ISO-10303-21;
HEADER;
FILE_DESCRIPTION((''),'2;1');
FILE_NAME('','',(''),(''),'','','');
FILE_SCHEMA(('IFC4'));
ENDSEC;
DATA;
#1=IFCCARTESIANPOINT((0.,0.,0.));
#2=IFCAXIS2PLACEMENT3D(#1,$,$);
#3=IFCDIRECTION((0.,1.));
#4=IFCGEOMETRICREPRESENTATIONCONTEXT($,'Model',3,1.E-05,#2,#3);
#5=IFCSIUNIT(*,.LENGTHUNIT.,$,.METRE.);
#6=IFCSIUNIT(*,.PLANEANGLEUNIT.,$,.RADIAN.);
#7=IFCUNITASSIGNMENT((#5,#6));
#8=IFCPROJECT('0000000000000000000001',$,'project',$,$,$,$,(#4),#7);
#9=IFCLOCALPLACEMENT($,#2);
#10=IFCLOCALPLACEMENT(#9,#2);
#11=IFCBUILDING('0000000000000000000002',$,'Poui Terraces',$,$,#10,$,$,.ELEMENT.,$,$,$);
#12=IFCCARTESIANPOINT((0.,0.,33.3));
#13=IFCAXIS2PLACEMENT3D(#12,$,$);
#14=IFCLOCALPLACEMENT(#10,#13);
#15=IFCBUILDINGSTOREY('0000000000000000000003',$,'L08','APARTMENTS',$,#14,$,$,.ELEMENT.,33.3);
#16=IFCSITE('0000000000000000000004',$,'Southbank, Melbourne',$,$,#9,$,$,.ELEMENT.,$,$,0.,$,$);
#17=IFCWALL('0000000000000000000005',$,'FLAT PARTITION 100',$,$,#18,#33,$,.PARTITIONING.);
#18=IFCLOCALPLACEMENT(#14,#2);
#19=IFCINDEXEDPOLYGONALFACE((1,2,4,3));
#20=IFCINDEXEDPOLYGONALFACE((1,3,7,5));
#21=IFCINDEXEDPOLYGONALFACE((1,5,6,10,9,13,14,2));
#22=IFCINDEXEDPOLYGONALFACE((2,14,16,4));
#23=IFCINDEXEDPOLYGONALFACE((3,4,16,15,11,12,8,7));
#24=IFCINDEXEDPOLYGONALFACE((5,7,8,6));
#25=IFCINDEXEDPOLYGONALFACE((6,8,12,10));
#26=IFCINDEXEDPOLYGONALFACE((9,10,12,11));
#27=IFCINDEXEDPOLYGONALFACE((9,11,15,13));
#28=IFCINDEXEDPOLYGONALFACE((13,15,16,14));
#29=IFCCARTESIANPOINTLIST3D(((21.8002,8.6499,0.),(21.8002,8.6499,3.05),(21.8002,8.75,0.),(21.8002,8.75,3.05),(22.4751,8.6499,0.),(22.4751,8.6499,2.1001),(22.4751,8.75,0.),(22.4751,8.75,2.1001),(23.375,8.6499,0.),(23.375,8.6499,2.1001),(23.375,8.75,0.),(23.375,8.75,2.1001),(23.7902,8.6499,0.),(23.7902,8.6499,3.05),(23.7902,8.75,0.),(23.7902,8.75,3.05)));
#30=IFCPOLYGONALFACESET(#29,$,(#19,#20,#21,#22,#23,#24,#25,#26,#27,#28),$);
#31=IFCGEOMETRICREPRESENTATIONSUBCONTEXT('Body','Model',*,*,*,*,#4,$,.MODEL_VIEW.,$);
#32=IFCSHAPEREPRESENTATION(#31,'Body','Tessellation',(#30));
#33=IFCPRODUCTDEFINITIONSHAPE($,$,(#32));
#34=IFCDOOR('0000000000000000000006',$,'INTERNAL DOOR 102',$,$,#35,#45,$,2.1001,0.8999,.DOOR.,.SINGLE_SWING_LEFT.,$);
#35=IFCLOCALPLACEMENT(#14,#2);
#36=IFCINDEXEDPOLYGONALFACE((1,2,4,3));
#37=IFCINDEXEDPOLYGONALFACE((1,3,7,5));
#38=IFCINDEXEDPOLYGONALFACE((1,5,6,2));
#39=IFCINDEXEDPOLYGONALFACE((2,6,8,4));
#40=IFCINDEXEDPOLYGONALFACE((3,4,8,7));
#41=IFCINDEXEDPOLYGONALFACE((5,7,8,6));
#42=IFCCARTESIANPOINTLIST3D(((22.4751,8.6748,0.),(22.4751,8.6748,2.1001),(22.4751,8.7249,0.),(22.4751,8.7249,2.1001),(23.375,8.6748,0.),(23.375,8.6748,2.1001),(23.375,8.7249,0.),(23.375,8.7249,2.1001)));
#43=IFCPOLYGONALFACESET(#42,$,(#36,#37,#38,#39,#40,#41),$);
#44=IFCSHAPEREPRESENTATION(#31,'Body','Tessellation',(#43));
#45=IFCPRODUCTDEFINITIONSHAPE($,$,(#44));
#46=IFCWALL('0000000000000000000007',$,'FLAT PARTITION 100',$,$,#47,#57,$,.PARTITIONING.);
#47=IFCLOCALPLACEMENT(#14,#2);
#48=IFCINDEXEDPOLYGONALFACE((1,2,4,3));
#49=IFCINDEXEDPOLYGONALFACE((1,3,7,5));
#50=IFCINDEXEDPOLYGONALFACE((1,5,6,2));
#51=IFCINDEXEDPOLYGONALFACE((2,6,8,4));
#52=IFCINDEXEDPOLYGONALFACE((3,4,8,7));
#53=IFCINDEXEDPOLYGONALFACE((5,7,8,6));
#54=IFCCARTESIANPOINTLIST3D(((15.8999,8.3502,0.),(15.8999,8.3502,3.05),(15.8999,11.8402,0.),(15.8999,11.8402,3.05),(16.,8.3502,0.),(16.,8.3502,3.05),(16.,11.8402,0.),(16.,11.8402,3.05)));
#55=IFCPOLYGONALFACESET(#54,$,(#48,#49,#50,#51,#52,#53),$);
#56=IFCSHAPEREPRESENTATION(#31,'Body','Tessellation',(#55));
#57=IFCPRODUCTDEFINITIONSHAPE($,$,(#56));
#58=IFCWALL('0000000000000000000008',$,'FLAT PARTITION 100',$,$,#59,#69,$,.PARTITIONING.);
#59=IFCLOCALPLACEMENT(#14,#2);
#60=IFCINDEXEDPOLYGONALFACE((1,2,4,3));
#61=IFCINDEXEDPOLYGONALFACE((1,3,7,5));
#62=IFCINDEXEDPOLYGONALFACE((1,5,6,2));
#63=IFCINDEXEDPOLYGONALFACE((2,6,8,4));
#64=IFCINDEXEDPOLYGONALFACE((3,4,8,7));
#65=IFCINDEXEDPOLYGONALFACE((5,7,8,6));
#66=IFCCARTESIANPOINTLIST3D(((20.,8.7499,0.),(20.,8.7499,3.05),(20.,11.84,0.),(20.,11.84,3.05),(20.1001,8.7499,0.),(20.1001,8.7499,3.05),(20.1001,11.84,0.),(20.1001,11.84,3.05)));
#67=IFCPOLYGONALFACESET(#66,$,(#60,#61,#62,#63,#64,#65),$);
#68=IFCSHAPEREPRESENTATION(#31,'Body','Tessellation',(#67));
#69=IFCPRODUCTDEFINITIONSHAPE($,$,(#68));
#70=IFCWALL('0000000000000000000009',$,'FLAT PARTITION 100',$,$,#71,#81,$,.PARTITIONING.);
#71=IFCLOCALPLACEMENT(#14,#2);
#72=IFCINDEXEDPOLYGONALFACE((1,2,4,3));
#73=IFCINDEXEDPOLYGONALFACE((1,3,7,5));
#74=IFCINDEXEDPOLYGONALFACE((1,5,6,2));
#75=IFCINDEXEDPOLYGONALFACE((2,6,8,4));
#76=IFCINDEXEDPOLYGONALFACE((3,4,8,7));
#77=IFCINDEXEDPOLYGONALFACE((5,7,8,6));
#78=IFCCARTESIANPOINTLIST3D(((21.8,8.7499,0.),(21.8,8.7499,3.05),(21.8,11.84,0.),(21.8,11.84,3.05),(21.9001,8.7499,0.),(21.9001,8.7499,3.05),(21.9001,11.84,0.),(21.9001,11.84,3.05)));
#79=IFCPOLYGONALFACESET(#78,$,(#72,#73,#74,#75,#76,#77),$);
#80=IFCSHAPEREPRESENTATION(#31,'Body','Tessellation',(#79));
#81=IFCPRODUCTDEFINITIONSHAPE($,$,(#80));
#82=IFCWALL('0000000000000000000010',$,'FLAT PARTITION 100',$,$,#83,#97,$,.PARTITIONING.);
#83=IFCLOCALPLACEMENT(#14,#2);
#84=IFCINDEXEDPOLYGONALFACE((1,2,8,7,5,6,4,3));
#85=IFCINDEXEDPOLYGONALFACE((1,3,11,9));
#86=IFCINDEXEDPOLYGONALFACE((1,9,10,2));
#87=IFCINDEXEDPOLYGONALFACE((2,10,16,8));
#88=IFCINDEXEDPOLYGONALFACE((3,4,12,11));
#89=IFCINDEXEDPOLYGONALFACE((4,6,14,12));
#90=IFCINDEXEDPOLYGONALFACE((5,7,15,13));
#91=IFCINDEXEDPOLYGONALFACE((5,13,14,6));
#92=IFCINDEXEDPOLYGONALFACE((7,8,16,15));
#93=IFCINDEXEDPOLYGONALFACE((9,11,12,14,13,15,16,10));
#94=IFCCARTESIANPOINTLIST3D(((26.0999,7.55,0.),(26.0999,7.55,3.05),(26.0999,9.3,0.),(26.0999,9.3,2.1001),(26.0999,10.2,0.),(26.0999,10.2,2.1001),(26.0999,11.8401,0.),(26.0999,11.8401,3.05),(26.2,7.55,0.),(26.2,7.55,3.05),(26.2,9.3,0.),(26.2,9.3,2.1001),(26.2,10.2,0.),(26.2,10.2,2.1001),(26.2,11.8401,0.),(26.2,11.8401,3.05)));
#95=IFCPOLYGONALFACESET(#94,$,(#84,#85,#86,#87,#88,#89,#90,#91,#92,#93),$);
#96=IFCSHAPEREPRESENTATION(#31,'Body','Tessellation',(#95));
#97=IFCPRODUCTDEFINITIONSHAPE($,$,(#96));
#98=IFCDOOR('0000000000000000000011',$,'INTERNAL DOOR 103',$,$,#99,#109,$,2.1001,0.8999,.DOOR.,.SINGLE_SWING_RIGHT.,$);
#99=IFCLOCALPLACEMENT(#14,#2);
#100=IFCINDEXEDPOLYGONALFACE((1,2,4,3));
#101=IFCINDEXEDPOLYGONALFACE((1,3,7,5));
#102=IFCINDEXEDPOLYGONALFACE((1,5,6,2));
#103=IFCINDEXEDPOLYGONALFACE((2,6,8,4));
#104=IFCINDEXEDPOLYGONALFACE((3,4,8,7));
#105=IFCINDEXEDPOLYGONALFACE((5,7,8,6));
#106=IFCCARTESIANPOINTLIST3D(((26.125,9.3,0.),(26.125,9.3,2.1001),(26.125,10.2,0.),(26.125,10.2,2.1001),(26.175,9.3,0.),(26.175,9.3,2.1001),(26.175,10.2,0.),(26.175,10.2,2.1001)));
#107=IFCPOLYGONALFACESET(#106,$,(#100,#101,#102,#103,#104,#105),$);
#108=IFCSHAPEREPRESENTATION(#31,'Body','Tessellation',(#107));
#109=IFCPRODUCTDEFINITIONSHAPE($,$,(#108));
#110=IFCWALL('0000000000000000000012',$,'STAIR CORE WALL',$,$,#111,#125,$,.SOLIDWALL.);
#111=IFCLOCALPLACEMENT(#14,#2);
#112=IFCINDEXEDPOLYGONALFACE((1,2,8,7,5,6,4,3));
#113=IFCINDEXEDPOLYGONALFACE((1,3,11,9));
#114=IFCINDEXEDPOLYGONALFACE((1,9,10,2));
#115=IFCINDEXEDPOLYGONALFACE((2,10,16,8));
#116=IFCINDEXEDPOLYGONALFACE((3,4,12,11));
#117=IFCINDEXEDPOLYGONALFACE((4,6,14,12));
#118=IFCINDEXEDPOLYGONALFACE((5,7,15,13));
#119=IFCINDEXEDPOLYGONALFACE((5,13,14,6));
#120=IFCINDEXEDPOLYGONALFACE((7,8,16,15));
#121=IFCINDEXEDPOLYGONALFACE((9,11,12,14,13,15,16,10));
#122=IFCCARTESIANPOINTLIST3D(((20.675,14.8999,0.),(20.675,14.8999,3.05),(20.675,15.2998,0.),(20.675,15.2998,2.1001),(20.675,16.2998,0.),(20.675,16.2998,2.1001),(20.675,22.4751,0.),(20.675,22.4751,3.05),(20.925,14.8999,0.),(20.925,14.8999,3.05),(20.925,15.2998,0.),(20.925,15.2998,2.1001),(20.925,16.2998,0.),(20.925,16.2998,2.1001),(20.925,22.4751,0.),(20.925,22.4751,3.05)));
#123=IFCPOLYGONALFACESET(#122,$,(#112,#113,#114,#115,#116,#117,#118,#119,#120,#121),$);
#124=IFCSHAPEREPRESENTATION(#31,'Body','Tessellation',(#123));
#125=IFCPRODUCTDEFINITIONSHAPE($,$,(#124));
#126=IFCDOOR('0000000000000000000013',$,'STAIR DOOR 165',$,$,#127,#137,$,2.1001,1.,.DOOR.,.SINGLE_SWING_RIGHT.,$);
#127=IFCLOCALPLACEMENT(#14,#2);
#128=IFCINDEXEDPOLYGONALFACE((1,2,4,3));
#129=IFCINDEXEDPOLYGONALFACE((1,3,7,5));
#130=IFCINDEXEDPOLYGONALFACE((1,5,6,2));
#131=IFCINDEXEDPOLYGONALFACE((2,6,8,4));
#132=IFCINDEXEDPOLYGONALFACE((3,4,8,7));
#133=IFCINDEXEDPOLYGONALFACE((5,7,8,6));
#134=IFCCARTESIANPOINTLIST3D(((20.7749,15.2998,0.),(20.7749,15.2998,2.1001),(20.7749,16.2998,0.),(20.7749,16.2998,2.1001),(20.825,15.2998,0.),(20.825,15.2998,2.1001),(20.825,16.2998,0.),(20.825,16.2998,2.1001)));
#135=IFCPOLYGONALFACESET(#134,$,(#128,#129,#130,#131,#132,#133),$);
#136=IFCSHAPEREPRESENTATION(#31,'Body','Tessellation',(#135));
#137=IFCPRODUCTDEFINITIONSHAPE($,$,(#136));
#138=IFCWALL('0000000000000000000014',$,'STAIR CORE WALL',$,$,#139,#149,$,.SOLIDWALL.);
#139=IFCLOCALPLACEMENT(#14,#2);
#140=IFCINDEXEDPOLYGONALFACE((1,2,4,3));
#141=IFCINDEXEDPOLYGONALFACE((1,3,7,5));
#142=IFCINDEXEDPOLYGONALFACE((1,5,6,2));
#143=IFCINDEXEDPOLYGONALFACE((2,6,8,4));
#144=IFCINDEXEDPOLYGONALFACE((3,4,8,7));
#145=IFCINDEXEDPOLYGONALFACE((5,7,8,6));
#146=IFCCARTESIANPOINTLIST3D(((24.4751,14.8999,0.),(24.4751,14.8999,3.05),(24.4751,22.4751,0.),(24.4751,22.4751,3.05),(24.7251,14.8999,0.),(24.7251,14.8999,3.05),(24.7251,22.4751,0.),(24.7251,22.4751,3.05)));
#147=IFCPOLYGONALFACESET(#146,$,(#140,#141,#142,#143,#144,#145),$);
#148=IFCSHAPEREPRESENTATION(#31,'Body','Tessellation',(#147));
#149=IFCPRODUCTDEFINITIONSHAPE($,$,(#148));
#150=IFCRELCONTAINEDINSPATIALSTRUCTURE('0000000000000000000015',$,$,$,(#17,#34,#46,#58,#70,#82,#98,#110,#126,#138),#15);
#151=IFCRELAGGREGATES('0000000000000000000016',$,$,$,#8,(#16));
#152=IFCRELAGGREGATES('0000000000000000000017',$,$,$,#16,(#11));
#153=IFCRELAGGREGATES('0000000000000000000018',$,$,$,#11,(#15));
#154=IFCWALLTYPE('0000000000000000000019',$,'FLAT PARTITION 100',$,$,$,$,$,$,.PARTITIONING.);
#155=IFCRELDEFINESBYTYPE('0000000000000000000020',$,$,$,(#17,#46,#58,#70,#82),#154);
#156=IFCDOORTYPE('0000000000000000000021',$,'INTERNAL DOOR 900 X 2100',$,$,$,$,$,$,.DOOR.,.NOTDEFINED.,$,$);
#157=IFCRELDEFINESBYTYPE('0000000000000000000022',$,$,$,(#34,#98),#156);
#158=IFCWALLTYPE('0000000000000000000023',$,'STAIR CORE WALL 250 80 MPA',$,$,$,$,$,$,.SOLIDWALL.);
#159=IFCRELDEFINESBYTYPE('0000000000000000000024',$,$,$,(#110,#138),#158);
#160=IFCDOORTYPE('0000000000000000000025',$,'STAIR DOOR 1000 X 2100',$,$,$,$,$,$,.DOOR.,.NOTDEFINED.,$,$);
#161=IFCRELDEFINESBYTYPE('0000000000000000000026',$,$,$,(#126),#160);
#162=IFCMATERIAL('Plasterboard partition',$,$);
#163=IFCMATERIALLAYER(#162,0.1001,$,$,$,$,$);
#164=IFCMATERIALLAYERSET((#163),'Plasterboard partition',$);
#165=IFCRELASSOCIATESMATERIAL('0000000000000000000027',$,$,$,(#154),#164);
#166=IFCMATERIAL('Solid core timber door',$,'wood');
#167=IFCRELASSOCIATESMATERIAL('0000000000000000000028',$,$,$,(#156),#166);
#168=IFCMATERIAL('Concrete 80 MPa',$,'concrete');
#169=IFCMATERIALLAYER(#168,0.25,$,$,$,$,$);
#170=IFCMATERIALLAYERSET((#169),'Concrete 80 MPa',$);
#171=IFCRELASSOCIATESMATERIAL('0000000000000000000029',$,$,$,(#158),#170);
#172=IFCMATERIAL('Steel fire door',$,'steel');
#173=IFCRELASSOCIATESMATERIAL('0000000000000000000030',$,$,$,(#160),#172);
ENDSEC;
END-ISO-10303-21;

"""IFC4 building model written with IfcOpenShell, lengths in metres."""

from ifc_helpers import new_model, si_unit, direction, frame, frame_2d, origin, place, context, subcontext, project, spatial, rectangle, extrude, material, layer, layer_set, type_object, element, fill, save


model = new_model("IFC4")

# Units and contexts
model_context = context("Model", 3, precision=1e-05, world=origin(), true_north=direction((0.0, 1.0)))
body_context = subcontext(model_context, "Body", "Model", "MODEL_VIEW")
ifc_project = project(units=[si_unit("LENGTHUNIT", "METRE"), si_unit("PLANEANGLEUNIT", "RADIAN")], contexts=[model_context])

# Site, building, storey
site_placement = place(None, origin())
site = spatial("IfcSite", under=ifc_project, at=site_placement, Name="Southbank, Melbourne", CompositionType="ELEMENT", RefElevation=0.0)
building_placement = place(site_placement, origin())
building = spatial("IfcBuilding", under=site, at=building_placement, Name="Poui Terraces", CompositionType="ELEMENT")
storey_placement = place(building_placement, frame((0.0, 0.0, 33.3)))
storey = spatial("IfcBuildingStorey", under=building, at=storey_placement, Name="L08", Description="APARTMENTS", CompositionType="ELEMENT", Elevation=33.3)

# Shared definitions
ifc_material_1 = material(Name="Concrete 80 MPa", Category="concrete")

# Shared definitions
ifc_material_2 = material(Name="Steel fire door", Category="steel")

# Shared definitions
ifc_material_3 = material(Name="Plasterboard partition")
ifc_layer_1 = layer(ifc_material_3, 0.1001)
ifc_layer_set_1 = layer_set([ifc_layer_1], Name="Plasterboard partition")
wall_type_1 = type_object("IfcWallType", Name="FLAT PARTITION 100", PredefinedType="PARTITIONING", material=ifc_layer_set_1)

# Wall, opening, door
ifc_material_4 = material(Name="Solid core timber door", Category="wood")
wall_1_placement = place(storey_placement, frame((21.8, 8.7, 0.0), z_axis=(0.0, 0.0, 1.0), x_axis=(1.0, 0.0, 0.0)))
wall_1 = element("IfcWall", 1, at=wall_1_placement, inside=storey, type_object=wall_type_1, Name="FLAT PARTITION 100", PredefinedType="PARTITIONING", context=body_context, shape_type="SweptSolid", body=[
    extrude(rectangle(XDim=1.99, YDim=0.1001, at=frame_2d((0.9951, 0.0))), origin(), (0.0, 0.0, 1.0), 3.05),
])
opening_1_placement = place(wall_1_placement, frame((0.675, 0.0, 0.0)))
opening_1 = element("IfcOpeningElement", 2, at=opening_1_placement, cuts=wall_1, PredefinedType="OPENING", context=body_context, shape_type="SweptSolid", body=[
    extrude(rectangle(XDim=0.8999, YDim=2.1001, at=frame_2d((0.45, 1.05))), frame((0.0, 0.0601, 0.0), z_axis=(0.0, -1.0, 0.0), x_axis=(1.0, 0.0, 0.0)), (0.0, 0.0, 1.0), 0.1201),
])
door_type_1 = type_object("IfcDoorType", Name="INTERNAL DOOR 900 X 2100", OperationType="NOTDEFINED", PredefinedType="DOOR", material=ifc_material_4)
door_1_placement = place(opening_1_placement, origin())
door_1 = element("IfcDoor", 3, at=door_1_placement, inside=storey, type_object=door_type_1, Name="INTERNAL DOOR 102", OperationType="SINGLE_SWING_LEFT", OverallHeight=2.1001, OverallWidth=0.8999, PredefinedType="DOOR", context=body_context, shape_type="SweptSolid", body=[
    extrude(rectangle(XDim=0.8999, YDim=2.1001, at=frame_2d((0.45, 1.05))), frame((0.0, 0.0249, 0.0), z_axis=(0.0, -1.0, 0.0), x_axis=(1.0, 0.0, 0.0)), (0.0, 0.0, 1.0), 0.05),
])
fill(opening_1, door_1)

# Walls
wall_2_placement = place(storey_placement, frame((15.95, 8.3501, 0.0), z_axis=(0.0, 0.0, 1.0), x_axis=(0.0, 1.0, 0.0)))
element("IfcWall", 4, at=wall_2_placement, inside=storey, type_object=wall_type_1, Name="FLAT PARTITION 100", PredefinedType="PARTITIONING", context=body_context, shape_type="SweptSolid", body=[
    extrude(rectangle(XDim=3.49, YDim=0.1001, at=frame_2d((1.7451, 0.0))), origin(), (0.0, 0.0, 1.0), 3.05),
])
for number, where, z_axis, x_axis, name in (
    (5, (20.05, 8.75, 0.0), (0.0, 0.0, 1.0), (0.0, 1.0, 0.0), "FLAT PARTITION 100"),
    (6, (21.8501, 8.75, 0.0), (0.0, 0.0, 1.0), (0.0, 1.0, 0.0), "FLAT PARTITION 100"),
):
    element("IfcWall", number, at=place(storey_placement, frame(where, z_axis=z_axis, x_axis=x_axis)), inside=storey, type_object=wall_type_1, Name=name, PredefinedType="PARTITIONING", context=body_context, shape_type="SweptSolid", body=[
        extrude(rectangle(XDim=3.0901, YDim=0.1001, at=frame_2d((1.5449, 0.0))), origin(), (0.0, 0.0, 1.0), 3.05),
    ])

# Walls, openings, doors
wall_3_placement = place(storey_placement, frame((26.1499, 7.55, 0.0), z_axis=(0.0, 0.0, 1.0), x_axis=(0.0, 1.0, 0.0)))
wall_3 = element("IfcWall", 7, at=wall_3_placement, inside=storey, type_object=wall_type_1, Name="FLAT PARTITION 100", PredefinedType="PARTITIONING", context=body_context, shape_type="SweptSolid", body=[
    extrude(rectangle(XDim=4.29, YDim=0.1001, at=frame_2d((2.145, 0.0))), origin(), (0.0, 0.0, 1.0), 3.05),
])
opening_2_placement = place(wall_3_placement, frame((1.75, 0.0, 0.0)))
opening_2 = element("IfcOpeningElement", 8, at=opening_2_placement, cuts=wall_3, PredefinedType="OPENING", context=body_context, shape_type="SweptSolid", body=[
    extrude(rectangle(XDim=0.8999, YDim=2.1001, at=frame_2d((0.45, 1.05))), frame((0.0, 0.0601, 0.0), z_axis=(0.0, -1.0, 0.0), x_axis=(1.0, 0.0, 0.0)), (0.0, 0.0, 1.0), 0.1201),
])
door_2_placement = place(opening_2_placement, origin())
door_2 = element("IfcDoor", 9, at=door_2_placement, inside=storey, type_object=door_type_1, Name="INTERNAL DOOR 103", OperationType="SINGLE_SWING_RIGHT", OverallHeight=2.1001, OverallWidth=0.8999, PredefinedType="DOOR", context=body_context, shape_type="SweptSolid", body=[
    extrude(rectangle(XDim=0.8999, YDim=2.1001, at=frame_2d((0.45, 1.05))), frame((0.0, 0.0249, 0.0), z_axis=(0.0, -1.0, 0.0), x_axis=(1.0, 0.0, 0.0)), (0.0, 0.0, 1.0), 0.05),
])
fill(opening_2, door_2)
ifc_layer_2 = layer(ifc_material_1, 0.25)
ifc_layer_set_2 = layer_set([ifc_layer_2], Name="Concrete 80 MPa")
wall_type_2 = type_object("IfcWallType", Name="STAIR CORE WALL 250 80 MPA", PredefinedType="SOLIDWALL", material=ifc_layer_set_2)
wall_4_placement = place(storey_placement, frame((20.8, 14.8999, 0.0), z_axis=(0.0, 0.0, 1.0), x_axis=(0.0, 1.0, 0.0)))
wall_4 = element("IfcWall", 10, at=wall_4_placement, inside=storey, type_object=wall_type_2, Name="STAIR CORE WALL", PredefinedType="SOLIDWALL", context=body_context, shape_type="SweptSolid", body=[
    extrude(rectangle(XDim=7.5752, YDim=0.25, at=frame_2d((3.7876, 0.0))), origin(), (0.0, 0.0, 1.0), 3.05),
])
opening_3_placement = place(wall_4_placement, frame((0.3999, 0.0, 0.0)))
opening_3 = element("IfcOpeningElement", 11, at=opening_3_placement, cuts=wall_4, PredefinedType="OPENING", context=body_context, shape_type="SweptSolid", body=[
    extrude(rectangle(XDim=1.0, YDim=2.1001, at=frame_2d((0.5, 1.05))), frame((0.0, 0.135, 0.0), z_axis=(0.0, -1.0, 0.0), x_axis=(1.0, 0.0, 0.0)), (0.0, 0.0, 1.0), 0.27),
])
door_type_2 = type_object("IfcDoorType", Name="STAIR DOOR 1000 X 2100", OperationType="NOTDEFINED", PredefinedType="DOOR", material=ifc_material_2)
door_3_placement = place(opening_3_placement, frame((1.0, 0.0, 0.0), z_axis=(0.0, 0.0, 1.0), x_axis=(-1.0, 0.0, 0.0)))
door_3 = element("IfcDoor", 12, at=door_3_placement, inside=storey, type_object=door_type_2, Name="STAIR DOOR 165", OperationType="SINGLE_SWING_RIGHT", OverallHeight=2.1001, OverallWidth=1.0, PredefinedType="DOOR", context=body_context, shape_type="SweptSolid", body=[
    extrude(rectangle(XDim=1.0, YDim=2.1001, at=frame_2d((0.5, 1.05))), frame((0.0, 0.0249, 0.0), z_axis=(0.0, -1.0, 0.0), x_axis=(1.0, 0.0, 0.0)), (0.0, 0.0, 1.0), 0.05),
])
fill(opening_3, door_3)

# Wall
wall_5_placement = place(storey_placement, frame((24.6001, 14.8999, 0.0), z_axis=(0.0, 0.0, 1.0), x_axis=(0.0, 1.0, 0.0)))
element("IfcWall", 13, at=wall_5_placement, inside=storey, type_object=wall_type_2, Name="STAIR CORE WALL", PredefinedType="SOLIDWALL", context=body_context, shape_type="SweptSolid", body=[
    extrude(rectangle(XDim=7.5752, YDim=0.25, at=frame_2d((3.7876, 0.0))), origin(), (0.0, 0.0, 1.0), 3.05),
])

save(model, "model.ifc")
